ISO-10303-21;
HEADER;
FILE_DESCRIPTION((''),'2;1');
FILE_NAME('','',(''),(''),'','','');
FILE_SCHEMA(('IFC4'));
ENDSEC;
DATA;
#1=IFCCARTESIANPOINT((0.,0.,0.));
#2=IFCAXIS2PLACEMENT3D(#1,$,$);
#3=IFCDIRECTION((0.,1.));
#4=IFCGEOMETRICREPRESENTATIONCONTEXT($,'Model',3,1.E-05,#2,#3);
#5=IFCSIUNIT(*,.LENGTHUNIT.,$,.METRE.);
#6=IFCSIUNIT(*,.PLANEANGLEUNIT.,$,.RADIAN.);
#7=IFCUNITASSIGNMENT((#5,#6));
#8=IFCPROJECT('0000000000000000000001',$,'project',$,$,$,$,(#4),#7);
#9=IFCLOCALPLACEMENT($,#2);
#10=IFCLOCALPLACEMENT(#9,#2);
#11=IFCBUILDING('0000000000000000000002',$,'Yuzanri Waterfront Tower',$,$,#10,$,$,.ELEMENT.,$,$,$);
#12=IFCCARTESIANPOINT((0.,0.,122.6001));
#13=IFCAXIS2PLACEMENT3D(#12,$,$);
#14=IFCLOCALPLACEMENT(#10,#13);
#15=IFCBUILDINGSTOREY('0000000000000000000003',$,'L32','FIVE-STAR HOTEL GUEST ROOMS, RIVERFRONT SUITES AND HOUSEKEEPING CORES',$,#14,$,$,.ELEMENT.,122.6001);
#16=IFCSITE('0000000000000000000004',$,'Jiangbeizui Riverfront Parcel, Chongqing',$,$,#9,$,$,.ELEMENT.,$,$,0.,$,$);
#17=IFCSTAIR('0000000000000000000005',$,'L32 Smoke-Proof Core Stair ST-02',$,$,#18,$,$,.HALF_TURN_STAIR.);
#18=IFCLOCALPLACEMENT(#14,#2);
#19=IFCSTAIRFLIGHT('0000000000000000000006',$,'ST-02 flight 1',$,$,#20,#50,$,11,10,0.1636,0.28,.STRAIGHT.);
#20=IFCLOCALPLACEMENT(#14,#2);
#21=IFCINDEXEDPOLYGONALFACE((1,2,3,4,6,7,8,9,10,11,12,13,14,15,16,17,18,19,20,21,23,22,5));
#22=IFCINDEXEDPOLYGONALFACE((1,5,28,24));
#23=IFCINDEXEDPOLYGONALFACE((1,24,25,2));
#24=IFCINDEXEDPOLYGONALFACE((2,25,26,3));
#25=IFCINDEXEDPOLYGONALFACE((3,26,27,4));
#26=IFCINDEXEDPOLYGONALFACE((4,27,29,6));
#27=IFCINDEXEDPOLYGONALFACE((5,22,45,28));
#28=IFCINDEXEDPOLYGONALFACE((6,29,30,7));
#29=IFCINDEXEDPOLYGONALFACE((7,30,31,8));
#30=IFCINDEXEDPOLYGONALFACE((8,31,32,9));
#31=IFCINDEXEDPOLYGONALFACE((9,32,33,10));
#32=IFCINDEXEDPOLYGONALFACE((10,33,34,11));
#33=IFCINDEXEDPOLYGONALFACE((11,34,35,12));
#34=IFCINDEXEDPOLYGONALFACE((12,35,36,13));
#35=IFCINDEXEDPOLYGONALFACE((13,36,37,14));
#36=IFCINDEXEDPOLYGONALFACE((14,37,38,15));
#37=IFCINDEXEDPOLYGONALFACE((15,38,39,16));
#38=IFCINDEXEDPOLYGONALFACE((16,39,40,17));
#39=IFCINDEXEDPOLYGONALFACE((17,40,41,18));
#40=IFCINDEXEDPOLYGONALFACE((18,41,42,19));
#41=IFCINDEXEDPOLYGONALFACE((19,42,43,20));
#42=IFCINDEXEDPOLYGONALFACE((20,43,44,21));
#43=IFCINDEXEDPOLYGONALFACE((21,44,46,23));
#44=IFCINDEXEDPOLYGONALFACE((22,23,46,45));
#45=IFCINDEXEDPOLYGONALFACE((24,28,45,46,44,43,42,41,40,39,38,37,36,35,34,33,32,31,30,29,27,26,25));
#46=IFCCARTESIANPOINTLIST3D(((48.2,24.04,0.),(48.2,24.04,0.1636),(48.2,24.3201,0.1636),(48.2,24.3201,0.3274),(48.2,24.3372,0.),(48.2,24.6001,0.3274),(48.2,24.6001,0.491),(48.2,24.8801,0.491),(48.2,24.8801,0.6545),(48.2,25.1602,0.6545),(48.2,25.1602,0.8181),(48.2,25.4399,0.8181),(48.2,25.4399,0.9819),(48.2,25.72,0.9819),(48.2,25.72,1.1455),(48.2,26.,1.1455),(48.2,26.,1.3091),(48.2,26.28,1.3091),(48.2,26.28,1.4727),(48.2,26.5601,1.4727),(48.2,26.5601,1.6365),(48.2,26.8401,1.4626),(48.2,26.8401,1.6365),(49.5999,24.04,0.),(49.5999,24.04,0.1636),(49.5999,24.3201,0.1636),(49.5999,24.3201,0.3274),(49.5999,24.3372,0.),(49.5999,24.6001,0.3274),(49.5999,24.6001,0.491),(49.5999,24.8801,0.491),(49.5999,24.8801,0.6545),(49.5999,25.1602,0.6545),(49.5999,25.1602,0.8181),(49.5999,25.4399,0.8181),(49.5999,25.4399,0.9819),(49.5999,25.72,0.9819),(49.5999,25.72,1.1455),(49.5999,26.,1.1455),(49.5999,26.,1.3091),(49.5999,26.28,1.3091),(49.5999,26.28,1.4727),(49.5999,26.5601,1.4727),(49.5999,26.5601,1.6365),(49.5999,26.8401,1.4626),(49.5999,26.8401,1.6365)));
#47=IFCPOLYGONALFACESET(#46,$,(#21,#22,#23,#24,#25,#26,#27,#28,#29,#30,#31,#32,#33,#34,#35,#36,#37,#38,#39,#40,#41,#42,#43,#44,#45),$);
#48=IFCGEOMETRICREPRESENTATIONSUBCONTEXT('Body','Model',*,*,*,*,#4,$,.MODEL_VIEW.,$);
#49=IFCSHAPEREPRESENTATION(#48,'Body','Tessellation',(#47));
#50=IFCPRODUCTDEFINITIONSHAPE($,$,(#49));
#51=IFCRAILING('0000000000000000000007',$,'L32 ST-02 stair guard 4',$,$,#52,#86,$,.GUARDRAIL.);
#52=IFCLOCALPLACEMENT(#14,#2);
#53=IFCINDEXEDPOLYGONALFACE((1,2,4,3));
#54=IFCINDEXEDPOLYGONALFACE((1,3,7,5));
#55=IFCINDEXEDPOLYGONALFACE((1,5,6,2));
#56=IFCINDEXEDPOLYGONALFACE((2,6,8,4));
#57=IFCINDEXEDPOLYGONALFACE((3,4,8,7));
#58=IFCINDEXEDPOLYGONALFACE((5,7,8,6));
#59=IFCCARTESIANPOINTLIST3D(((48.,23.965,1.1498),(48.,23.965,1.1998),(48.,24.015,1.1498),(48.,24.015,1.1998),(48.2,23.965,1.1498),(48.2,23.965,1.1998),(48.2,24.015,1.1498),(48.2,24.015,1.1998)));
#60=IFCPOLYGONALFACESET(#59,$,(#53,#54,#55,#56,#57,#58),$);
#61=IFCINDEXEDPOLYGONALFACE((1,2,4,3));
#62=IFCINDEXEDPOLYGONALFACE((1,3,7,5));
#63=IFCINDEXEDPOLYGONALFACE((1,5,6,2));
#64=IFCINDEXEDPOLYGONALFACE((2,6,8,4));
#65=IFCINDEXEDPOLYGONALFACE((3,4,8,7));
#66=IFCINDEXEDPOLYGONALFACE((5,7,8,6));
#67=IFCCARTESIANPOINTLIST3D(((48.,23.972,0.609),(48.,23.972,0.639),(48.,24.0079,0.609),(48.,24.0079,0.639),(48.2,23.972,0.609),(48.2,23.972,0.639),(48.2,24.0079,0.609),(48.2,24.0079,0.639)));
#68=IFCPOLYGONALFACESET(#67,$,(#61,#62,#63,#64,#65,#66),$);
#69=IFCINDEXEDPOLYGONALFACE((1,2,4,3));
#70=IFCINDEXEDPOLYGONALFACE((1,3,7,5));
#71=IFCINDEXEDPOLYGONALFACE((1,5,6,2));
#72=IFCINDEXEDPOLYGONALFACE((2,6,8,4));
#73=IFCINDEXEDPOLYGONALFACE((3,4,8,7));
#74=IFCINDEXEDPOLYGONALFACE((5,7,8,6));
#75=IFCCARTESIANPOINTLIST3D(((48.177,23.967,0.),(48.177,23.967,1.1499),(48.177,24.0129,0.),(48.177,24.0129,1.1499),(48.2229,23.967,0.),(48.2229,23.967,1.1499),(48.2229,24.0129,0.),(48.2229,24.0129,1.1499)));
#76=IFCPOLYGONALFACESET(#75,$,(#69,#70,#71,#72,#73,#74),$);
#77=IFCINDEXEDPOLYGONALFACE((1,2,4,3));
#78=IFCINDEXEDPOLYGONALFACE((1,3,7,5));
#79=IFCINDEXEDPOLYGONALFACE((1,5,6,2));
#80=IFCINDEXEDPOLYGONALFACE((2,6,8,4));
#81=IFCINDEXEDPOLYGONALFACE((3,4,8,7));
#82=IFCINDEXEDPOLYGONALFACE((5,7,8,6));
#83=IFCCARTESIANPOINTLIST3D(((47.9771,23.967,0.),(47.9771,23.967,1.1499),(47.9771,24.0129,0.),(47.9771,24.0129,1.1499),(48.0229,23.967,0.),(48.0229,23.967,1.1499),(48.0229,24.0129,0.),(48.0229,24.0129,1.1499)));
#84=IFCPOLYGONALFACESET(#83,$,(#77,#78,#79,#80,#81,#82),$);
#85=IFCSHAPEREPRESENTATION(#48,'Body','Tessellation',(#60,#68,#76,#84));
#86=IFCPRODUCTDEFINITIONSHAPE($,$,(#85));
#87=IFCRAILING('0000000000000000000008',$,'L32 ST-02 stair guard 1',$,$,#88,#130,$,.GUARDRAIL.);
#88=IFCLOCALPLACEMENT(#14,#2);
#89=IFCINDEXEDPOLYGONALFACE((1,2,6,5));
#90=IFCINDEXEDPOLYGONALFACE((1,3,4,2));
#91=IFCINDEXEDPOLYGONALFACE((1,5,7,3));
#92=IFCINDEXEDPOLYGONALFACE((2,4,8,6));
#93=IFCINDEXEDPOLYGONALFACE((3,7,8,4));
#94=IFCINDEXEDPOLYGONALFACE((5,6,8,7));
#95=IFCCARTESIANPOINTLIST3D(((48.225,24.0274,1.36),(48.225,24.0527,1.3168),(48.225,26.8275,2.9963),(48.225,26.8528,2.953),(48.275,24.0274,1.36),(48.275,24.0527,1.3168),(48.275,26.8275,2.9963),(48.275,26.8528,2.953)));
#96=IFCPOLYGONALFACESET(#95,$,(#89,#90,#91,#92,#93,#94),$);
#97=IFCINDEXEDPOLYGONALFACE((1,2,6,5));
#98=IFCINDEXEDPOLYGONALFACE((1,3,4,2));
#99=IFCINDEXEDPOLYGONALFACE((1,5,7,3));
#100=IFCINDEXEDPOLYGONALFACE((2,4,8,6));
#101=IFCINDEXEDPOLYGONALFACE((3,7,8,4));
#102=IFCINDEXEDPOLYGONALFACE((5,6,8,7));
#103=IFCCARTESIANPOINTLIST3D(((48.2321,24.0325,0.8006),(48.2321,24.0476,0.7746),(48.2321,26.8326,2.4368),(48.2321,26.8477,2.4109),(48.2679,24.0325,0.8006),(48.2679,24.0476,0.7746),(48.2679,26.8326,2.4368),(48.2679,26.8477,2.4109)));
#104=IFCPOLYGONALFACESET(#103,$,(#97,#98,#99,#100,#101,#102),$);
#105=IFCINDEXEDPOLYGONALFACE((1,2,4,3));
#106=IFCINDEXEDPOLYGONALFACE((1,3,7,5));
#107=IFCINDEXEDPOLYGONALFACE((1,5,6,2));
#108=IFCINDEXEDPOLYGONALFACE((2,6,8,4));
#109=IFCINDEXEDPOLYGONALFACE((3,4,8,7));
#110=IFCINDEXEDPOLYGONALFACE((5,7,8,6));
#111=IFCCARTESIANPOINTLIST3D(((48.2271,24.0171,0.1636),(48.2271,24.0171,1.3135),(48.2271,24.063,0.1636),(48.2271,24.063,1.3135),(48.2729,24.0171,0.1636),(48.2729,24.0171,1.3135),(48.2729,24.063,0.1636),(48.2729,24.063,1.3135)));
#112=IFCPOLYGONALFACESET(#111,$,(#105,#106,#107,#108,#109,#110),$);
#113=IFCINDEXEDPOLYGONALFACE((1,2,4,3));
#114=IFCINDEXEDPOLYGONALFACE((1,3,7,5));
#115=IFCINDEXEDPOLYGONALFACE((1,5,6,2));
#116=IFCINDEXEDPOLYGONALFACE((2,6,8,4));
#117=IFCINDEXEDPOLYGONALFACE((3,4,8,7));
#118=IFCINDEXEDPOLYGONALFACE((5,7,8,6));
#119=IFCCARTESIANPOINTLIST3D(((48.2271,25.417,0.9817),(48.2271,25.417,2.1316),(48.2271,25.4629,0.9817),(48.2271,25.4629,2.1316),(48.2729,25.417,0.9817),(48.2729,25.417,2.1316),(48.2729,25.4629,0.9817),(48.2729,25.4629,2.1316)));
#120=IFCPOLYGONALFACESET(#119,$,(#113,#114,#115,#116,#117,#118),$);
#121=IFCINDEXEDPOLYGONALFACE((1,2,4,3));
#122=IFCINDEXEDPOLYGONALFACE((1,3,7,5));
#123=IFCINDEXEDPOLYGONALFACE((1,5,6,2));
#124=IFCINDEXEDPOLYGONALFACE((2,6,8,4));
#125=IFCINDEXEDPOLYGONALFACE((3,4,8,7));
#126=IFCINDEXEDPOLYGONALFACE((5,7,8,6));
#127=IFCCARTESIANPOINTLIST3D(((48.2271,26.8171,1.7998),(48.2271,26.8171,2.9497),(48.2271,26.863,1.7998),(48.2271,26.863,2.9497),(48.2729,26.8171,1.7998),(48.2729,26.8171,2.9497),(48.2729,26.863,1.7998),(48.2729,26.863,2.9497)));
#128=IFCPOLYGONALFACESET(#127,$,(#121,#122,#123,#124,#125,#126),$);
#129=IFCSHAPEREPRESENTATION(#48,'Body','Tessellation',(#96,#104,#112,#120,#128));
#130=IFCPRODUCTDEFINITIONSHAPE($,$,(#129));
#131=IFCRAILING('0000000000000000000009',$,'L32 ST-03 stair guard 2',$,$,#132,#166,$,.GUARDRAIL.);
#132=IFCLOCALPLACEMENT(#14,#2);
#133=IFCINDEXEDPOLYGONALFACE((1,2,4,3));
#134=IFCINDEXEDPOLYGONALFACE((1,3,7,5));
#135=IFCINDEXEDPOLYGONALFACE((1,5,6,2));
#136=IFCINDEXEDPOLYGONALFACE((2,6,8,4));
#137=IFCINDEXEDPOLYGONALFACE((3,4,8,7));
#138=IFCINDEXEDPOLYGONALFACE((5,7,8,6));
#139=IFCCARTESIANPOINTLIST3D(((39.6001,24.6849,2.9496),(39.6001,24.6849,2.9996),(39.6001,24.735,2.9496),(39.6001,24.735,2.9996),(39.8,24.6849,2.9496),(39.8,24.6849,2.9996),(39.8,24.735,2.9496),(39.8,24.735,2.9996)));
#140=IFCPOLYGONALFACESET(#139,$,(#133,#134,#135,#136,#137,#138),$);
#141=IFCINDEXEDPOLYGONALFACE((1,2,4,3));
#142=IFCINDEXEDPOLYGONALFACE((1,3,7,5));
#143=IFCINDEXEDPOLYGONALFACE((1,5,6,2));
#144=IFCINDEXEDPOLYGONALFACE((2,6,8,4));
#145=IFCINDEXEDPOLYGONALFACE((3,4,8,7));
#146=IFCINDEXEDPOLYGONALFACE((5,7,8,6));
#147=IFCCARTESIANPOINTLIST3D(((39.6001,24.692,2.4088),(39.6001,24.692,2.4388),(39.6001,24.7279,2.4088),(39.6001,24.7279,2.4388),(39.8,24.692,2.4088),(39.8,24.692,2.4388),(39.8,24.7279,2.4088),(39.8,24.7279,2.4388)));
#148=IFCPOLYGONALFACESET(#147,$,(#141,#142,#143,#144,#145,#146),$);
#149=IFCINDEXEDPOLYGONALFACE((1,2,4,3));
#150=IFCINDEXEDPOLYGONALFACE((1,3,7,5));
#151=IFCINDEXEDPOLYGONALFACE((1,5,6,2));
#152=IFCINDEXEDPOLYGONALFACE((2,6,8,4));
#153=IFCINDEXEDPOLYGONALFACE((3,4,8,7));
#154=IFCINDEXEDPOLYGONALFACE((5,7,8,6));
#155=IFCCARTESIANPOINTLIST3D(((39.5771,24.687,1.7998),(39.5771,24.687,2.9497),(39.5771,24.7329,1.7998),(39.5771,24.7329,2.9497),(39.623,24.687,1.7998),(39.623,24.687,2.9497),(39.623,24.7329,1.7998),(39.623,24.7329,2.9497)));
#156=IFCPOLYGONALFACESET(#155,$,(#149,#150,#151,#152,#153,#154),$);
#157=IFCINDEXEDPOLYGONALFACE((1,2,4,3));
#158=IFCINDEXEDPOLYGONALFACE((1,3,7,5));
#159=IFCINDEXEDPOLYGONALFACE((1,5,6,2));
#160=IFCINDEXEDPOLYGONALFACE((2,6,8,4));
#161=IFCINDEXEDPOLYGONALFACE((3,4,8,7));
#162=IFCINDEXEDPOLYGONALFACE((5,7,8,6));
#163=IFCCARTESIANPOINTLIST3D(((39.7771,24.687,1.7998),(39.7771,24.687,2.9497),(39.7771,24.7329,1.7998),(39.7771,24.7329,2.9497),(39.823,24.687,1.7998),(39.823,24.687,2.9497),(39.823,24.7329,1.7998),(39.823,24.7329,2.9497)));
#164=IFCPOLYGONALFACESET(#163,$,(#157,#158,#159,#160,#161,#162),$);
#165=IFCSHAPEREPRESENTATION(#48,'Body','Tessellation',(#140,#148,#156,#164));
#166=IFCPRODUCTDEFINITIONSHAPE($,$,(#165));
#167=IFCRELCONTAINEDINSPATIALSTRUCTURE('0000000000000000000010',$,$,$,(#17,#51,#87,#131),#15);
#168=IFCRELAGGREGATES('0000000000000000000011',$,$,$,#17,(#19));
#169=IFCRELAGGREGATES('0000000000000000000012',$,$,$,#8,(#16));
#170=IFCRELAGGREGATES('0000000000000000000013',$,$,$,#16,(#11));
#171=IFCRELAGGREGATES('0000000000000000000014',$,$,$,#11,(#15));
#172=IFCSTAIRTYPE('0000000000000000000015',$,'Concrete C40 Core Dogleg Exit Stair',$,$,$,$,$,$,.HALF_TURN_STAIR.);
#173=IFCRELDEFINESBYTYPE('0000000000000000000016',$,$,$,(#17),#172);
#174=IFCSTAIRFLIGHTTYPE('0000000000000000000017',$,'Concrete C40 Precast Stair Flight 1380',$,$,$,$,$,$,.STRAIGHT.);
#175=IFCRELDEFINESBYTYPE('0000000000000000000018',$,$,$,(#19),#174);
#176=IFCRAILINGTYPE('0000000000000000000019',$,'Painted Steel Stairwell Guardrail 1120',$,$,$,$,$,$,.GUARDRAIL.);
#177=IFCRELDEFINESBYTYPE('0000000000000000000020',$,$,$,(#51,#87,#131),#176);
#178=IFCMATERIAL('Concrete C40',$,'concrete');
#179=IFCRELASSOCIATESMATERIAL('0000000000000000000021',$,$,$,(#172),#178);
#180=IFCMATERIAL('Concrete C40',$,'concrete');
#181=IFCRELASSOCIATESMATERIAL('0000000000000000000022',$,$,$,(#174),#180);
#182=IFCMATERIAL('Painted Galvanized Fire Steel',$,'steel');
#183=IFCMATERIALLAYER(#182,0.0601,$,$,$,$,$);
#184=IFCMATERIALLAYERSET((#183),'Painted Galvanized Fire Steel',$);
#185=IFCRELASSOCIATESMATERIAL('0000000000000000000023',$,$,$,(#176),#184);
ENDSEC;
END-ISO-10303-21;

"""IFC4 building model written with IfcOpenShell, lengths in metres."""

from ifc_helpers import new_model, si_unit, direction, frame, origin, origin_2d, place, context, subcontext, project, spatial, polyline, rectangle, outline, extrude, source, transform, mapped, material, layer, layer_set, type_object, element, aggregate, save


model = new_model("IFC4")

# Units and contexts
model_context = context("Model", 3, precision=1e-05, world=origin(), true_north=direction((0.0, 1.0)))
body_context = subcontext(model_context, "Body", "Model", "MODEL_VIEW")
ifc_project = project(units=[si_unit("LENGTHUNIT", "METRE"), si_unit("PLANEANGLEUNIT", "RADIAN")], contexts=[model_context])

# Site, building, storey
site_placement = place(None, origin())
site = spatial("IfcSite", under=ifc_project, at=site_placement, Name="Jiangbeizui Riverfront Parcel, Chongqing", CompositionType="ELEMENT", RefElevation=0.0)
building_placement = place(site_placement, origin())
building = spatial("IfcBuilding", under=site, at=building_placement, Name="Yuzanri Waterfront Tower", CompositionType="ELEMENT")
storey_placement = place(building_placement, frame((0.0, 0.0, 122.6001)))
storey = spatial("IfcBuildingStorey", under=building, at=storey_placement, Name="L32", Description="FIVE-STAR HOTEL GUEST ROOMS, RIVERFRONT SUITES AND HOUSEKEEPING CORES", CompositionType="ELEMENT", Elevation=122.6001)

# Stair, stair flight
ifc_material_1 = material(Name="Concrete C40", Category="concrete")
stair_type = type_object("IfcStairType", Name="Concrete C40 Core Dogleg Exit Stair", PredefinedType="HALF_TURN_STAIR", material=ifc_material_1)
stair_placement = place(storey_placement, origin())
stair = element("IfcStair", 1, at=stair_placement, inside=storey, type_object=stair_type, Name="L32 Smoke-Proof Core Stair ST-02", PredefinedType="HALF_TURN_STAIR")
ifc_material_2 = material(Name="Concrete C40", Category="concrete")
stair_flight_type = type_object("IfcStairFlightType", Name="Concrete C40 Precast Stair Flight 1380", PredefinedType="STRAIGHT", material=ifc_material_2)
shared_shape_1 = source(origin(), body_context, "Body", "SweptSolid", [
    extrude(outline(polyline([(0.0, 0.0), (0.0, 0.1636), (0.28, 0.1636), (0.28, 0.3274), (0.5601, 0.3274), (0.5601, 0.491), (0.8401, 0.491), (0.8401, 0.6545), (1.1201, 0.6545), (1.1201, 0.8181), (1.3999, 0.8181), (1.3999, 0.9819), (1.6799, 0.9819), (1.6799, 1.1455), (1.96, 1.1455), (1.96, 1.3091), (2.24, 1.3091), (2.24, 1.4727), (2.52, 1.4727), (2.52, 1.6365), (2.8, 1.6365), (2.8, 1.8), (2.8, 1.4626), (0.2971, 0.0), (0.0, 0.0)])), frame((0.0, 0.7, 0.0), z_axis=(0.0, -1.0, 0.0), x_axis=(1.0, 0.0, 0.0)), (0.0, 0.0, 1.0), 1.3999),
])
stair_flight_placement = place(storey_placement, frame((48.8999, 24.04, 0.0), z_axis=(0.0, 0.0, 1.0), x_axis=(0.0, 1.0, 0.0)))
stair_flight = element("IfcStairFlight", 2, at=stair_flight_placement, type_object=stair_flight_type, Name="ST-02 flight 1", NumberOfRisers=11, NumberOfTreads=10, PredefinedType="STRAIGHT", RiserHeight=0.1636, TreadLength=0.28, context=body_context, shape_type="MappedRepresentation", body=[
    mapped(shared_shape_1, transform((0.0, 0.0, 0.0), scale=1.0)),
])
aggregate(stair, [stair_flight])

# Railings
ifc_material_3 = material(Name="Painted Galvanized Fire Steel", Category="steel")
ifc_layer_1 = layer(ifc_material_3, 0.0601)
ifc_layer_set_1 = layer_set([ifc_layer_1], Name="Painted Galvanized Fire Steel")
railing_type = type_object("IfcRailingType", Name="Painted Steel Stairwell Guardrail 1120", PredefinedType="GUARDRAIL", material=ifc_layer_set_1)
shared_shape_2 = source(origin(), body_context, "Body", "SweptSolid", [
    extrude(rectangle(XDim=0.05, YDim=0.05, at=origin_2d()), frame((0.0, 0.0, 1.1748), z_axis=(-1.0, 0.0, 0.0), x_axis=(0.0, -1.0, 0.0)), (0.0, 0.0, 1.0), 0.2),
    extrude(rectangle(XDim=0.0359, YDim=0.03, at=origin_2d()), frame((0.0, 0.0, 0.624), z_axis=(-1.0, 0.0, 0.0), x_axis=(0.0, -1.0, 0.0)), (0.0, 0.0, 1.0), 0.2),
    extrude(rectangle(XDim=0.0459, YDim=0.0459, at=origin_2d()), origin(), (0.0, 0.0, 1.0), 1.1499),
    extrude(rectangle(XDim=0.0459, YDim=0.0459, at=origin_2d()), frame((-0.2, 0.0, 0.0)), (0.0, 0.0, 1.0), 1.1499),
])
railing_1_placement = place(storey_placement, frame((48.2, 23.99, 0.0)))
element("IfcRailing", 3, at=railing_1_placement, inside=storey, type_object=railing_type, Name="L32 ST-02 stair guard 4", PredefinedType="GUARDRAIL", context=body_context, shape_type="MappedRepresentation", body=[
    mapped(shared_shape_2, transform((0.0, 0.0, 0.0), scale=1.0)),
])
shared_shape_3 = source(origin(), body_context, "Body", "SweptSolid", [
    extrude(rectangle(XDim=0.05, YDim=0.05, at=origin_2d()), frame((0.0, 0.0, 1.1748), z_axis=(0.0, 0.863394, 0.504531), x_axis=(-1.0, 0.0, 0.0)), (0.0, 0.0, 1.0), 3.2432),
    extrude(rectangle(XDim=0.0359, YDim=0.03, at=origin_2d()), frame((0.0, 0.0, 0.624), z_axis=(0.0, 0.863394, 0.504531), x_axis=(-1.0, 0.0, 0.0)), (0.0, 0.0, 1.0), 3.2432),
    extrude(rectangle(XDim=0.0459, YDim=0.0459, at=origin_2d()), origin(), (0.0, 0.0, 1.0), 1.1499),
    extrude(rectangle(XDim=0.0459, YDim=0.0459, at=origin_2d()), frame((0.0, 1.3999, 0.8181)), (0.0, 0.0, 1.0), 1.1499),
    extrude(rectangle(XDim=0.0459, YDim=0.0459, at=origin_2d()), frame((0.0, 2.8, 1.6362)), (0.0, 0.0, 1.0), 1.1499),
])
railing_2_placement = place(storey_placement, frame((48.25, 24.04, 0.1636)))
element("IfcRailing", 4, at=railing_2_placement, inside=storey, type_object=railing_type, Name="L32 ST-02 stair guard 1", PredefinedType="GUARDRAIL", context=body_context, shape_type="MappedRepresentation", body=[
    mapped(shared_shape_3, transform((0.0, 0.0, 0.0), scale=1.0)),
])
shared_shape_4 = source(origin(), body_context, "Body", "SweptSolid", [
    extrude(rectangle(XDim=0.05, YDim=0.05, at=origin_2d()), frame((0.0, 0.0, 1.1748), z_axis=(1.0, 0.0, 0.0), x_axis=(0.0, 1.0, 0.0)), (0.0, 0.0, 1.0), 0.2),
    extrude(rectangle(XDim=0.0359, YDim=0.03, at=origin_2d()), frame((0.0, 0.0, 0.624), z_axis=(1.0, 0.0, 0.0), x_axis=(0.0, 1.0, 0.0)), (0.0, 0.0, 1.0), 0.2),
    extrude(rectangle(XDim=0.0459, YDim=0.0459, at=origin_2d()), origin(), (0.0, 0.0, 1.0), 1.1499),
    extrude(rectangle(XDim=0.0459, YDim=0.0459, at=origin_2d()), frame((0.2, 0.0, 0.0)), (0.0, 0.0, 1.0), 1.1499),
])
railing_3_placement = place(storey_placement, frame((39.6001, 24.71, 1.7998)))
element("IfcRailing", 5, at=railing_3_placement, inside=storey, type_object=railing_type, Name="L32 ST-03 stair guard 2", PredefinedType="GUARDRAIL", context=body_context, shape_type="MappedRepresentation", body=[
    mapped(shared_shape_4, transform((0.0, 0.0, 0.0), scale=1.0)),
])

save(model, "model.ifc")
